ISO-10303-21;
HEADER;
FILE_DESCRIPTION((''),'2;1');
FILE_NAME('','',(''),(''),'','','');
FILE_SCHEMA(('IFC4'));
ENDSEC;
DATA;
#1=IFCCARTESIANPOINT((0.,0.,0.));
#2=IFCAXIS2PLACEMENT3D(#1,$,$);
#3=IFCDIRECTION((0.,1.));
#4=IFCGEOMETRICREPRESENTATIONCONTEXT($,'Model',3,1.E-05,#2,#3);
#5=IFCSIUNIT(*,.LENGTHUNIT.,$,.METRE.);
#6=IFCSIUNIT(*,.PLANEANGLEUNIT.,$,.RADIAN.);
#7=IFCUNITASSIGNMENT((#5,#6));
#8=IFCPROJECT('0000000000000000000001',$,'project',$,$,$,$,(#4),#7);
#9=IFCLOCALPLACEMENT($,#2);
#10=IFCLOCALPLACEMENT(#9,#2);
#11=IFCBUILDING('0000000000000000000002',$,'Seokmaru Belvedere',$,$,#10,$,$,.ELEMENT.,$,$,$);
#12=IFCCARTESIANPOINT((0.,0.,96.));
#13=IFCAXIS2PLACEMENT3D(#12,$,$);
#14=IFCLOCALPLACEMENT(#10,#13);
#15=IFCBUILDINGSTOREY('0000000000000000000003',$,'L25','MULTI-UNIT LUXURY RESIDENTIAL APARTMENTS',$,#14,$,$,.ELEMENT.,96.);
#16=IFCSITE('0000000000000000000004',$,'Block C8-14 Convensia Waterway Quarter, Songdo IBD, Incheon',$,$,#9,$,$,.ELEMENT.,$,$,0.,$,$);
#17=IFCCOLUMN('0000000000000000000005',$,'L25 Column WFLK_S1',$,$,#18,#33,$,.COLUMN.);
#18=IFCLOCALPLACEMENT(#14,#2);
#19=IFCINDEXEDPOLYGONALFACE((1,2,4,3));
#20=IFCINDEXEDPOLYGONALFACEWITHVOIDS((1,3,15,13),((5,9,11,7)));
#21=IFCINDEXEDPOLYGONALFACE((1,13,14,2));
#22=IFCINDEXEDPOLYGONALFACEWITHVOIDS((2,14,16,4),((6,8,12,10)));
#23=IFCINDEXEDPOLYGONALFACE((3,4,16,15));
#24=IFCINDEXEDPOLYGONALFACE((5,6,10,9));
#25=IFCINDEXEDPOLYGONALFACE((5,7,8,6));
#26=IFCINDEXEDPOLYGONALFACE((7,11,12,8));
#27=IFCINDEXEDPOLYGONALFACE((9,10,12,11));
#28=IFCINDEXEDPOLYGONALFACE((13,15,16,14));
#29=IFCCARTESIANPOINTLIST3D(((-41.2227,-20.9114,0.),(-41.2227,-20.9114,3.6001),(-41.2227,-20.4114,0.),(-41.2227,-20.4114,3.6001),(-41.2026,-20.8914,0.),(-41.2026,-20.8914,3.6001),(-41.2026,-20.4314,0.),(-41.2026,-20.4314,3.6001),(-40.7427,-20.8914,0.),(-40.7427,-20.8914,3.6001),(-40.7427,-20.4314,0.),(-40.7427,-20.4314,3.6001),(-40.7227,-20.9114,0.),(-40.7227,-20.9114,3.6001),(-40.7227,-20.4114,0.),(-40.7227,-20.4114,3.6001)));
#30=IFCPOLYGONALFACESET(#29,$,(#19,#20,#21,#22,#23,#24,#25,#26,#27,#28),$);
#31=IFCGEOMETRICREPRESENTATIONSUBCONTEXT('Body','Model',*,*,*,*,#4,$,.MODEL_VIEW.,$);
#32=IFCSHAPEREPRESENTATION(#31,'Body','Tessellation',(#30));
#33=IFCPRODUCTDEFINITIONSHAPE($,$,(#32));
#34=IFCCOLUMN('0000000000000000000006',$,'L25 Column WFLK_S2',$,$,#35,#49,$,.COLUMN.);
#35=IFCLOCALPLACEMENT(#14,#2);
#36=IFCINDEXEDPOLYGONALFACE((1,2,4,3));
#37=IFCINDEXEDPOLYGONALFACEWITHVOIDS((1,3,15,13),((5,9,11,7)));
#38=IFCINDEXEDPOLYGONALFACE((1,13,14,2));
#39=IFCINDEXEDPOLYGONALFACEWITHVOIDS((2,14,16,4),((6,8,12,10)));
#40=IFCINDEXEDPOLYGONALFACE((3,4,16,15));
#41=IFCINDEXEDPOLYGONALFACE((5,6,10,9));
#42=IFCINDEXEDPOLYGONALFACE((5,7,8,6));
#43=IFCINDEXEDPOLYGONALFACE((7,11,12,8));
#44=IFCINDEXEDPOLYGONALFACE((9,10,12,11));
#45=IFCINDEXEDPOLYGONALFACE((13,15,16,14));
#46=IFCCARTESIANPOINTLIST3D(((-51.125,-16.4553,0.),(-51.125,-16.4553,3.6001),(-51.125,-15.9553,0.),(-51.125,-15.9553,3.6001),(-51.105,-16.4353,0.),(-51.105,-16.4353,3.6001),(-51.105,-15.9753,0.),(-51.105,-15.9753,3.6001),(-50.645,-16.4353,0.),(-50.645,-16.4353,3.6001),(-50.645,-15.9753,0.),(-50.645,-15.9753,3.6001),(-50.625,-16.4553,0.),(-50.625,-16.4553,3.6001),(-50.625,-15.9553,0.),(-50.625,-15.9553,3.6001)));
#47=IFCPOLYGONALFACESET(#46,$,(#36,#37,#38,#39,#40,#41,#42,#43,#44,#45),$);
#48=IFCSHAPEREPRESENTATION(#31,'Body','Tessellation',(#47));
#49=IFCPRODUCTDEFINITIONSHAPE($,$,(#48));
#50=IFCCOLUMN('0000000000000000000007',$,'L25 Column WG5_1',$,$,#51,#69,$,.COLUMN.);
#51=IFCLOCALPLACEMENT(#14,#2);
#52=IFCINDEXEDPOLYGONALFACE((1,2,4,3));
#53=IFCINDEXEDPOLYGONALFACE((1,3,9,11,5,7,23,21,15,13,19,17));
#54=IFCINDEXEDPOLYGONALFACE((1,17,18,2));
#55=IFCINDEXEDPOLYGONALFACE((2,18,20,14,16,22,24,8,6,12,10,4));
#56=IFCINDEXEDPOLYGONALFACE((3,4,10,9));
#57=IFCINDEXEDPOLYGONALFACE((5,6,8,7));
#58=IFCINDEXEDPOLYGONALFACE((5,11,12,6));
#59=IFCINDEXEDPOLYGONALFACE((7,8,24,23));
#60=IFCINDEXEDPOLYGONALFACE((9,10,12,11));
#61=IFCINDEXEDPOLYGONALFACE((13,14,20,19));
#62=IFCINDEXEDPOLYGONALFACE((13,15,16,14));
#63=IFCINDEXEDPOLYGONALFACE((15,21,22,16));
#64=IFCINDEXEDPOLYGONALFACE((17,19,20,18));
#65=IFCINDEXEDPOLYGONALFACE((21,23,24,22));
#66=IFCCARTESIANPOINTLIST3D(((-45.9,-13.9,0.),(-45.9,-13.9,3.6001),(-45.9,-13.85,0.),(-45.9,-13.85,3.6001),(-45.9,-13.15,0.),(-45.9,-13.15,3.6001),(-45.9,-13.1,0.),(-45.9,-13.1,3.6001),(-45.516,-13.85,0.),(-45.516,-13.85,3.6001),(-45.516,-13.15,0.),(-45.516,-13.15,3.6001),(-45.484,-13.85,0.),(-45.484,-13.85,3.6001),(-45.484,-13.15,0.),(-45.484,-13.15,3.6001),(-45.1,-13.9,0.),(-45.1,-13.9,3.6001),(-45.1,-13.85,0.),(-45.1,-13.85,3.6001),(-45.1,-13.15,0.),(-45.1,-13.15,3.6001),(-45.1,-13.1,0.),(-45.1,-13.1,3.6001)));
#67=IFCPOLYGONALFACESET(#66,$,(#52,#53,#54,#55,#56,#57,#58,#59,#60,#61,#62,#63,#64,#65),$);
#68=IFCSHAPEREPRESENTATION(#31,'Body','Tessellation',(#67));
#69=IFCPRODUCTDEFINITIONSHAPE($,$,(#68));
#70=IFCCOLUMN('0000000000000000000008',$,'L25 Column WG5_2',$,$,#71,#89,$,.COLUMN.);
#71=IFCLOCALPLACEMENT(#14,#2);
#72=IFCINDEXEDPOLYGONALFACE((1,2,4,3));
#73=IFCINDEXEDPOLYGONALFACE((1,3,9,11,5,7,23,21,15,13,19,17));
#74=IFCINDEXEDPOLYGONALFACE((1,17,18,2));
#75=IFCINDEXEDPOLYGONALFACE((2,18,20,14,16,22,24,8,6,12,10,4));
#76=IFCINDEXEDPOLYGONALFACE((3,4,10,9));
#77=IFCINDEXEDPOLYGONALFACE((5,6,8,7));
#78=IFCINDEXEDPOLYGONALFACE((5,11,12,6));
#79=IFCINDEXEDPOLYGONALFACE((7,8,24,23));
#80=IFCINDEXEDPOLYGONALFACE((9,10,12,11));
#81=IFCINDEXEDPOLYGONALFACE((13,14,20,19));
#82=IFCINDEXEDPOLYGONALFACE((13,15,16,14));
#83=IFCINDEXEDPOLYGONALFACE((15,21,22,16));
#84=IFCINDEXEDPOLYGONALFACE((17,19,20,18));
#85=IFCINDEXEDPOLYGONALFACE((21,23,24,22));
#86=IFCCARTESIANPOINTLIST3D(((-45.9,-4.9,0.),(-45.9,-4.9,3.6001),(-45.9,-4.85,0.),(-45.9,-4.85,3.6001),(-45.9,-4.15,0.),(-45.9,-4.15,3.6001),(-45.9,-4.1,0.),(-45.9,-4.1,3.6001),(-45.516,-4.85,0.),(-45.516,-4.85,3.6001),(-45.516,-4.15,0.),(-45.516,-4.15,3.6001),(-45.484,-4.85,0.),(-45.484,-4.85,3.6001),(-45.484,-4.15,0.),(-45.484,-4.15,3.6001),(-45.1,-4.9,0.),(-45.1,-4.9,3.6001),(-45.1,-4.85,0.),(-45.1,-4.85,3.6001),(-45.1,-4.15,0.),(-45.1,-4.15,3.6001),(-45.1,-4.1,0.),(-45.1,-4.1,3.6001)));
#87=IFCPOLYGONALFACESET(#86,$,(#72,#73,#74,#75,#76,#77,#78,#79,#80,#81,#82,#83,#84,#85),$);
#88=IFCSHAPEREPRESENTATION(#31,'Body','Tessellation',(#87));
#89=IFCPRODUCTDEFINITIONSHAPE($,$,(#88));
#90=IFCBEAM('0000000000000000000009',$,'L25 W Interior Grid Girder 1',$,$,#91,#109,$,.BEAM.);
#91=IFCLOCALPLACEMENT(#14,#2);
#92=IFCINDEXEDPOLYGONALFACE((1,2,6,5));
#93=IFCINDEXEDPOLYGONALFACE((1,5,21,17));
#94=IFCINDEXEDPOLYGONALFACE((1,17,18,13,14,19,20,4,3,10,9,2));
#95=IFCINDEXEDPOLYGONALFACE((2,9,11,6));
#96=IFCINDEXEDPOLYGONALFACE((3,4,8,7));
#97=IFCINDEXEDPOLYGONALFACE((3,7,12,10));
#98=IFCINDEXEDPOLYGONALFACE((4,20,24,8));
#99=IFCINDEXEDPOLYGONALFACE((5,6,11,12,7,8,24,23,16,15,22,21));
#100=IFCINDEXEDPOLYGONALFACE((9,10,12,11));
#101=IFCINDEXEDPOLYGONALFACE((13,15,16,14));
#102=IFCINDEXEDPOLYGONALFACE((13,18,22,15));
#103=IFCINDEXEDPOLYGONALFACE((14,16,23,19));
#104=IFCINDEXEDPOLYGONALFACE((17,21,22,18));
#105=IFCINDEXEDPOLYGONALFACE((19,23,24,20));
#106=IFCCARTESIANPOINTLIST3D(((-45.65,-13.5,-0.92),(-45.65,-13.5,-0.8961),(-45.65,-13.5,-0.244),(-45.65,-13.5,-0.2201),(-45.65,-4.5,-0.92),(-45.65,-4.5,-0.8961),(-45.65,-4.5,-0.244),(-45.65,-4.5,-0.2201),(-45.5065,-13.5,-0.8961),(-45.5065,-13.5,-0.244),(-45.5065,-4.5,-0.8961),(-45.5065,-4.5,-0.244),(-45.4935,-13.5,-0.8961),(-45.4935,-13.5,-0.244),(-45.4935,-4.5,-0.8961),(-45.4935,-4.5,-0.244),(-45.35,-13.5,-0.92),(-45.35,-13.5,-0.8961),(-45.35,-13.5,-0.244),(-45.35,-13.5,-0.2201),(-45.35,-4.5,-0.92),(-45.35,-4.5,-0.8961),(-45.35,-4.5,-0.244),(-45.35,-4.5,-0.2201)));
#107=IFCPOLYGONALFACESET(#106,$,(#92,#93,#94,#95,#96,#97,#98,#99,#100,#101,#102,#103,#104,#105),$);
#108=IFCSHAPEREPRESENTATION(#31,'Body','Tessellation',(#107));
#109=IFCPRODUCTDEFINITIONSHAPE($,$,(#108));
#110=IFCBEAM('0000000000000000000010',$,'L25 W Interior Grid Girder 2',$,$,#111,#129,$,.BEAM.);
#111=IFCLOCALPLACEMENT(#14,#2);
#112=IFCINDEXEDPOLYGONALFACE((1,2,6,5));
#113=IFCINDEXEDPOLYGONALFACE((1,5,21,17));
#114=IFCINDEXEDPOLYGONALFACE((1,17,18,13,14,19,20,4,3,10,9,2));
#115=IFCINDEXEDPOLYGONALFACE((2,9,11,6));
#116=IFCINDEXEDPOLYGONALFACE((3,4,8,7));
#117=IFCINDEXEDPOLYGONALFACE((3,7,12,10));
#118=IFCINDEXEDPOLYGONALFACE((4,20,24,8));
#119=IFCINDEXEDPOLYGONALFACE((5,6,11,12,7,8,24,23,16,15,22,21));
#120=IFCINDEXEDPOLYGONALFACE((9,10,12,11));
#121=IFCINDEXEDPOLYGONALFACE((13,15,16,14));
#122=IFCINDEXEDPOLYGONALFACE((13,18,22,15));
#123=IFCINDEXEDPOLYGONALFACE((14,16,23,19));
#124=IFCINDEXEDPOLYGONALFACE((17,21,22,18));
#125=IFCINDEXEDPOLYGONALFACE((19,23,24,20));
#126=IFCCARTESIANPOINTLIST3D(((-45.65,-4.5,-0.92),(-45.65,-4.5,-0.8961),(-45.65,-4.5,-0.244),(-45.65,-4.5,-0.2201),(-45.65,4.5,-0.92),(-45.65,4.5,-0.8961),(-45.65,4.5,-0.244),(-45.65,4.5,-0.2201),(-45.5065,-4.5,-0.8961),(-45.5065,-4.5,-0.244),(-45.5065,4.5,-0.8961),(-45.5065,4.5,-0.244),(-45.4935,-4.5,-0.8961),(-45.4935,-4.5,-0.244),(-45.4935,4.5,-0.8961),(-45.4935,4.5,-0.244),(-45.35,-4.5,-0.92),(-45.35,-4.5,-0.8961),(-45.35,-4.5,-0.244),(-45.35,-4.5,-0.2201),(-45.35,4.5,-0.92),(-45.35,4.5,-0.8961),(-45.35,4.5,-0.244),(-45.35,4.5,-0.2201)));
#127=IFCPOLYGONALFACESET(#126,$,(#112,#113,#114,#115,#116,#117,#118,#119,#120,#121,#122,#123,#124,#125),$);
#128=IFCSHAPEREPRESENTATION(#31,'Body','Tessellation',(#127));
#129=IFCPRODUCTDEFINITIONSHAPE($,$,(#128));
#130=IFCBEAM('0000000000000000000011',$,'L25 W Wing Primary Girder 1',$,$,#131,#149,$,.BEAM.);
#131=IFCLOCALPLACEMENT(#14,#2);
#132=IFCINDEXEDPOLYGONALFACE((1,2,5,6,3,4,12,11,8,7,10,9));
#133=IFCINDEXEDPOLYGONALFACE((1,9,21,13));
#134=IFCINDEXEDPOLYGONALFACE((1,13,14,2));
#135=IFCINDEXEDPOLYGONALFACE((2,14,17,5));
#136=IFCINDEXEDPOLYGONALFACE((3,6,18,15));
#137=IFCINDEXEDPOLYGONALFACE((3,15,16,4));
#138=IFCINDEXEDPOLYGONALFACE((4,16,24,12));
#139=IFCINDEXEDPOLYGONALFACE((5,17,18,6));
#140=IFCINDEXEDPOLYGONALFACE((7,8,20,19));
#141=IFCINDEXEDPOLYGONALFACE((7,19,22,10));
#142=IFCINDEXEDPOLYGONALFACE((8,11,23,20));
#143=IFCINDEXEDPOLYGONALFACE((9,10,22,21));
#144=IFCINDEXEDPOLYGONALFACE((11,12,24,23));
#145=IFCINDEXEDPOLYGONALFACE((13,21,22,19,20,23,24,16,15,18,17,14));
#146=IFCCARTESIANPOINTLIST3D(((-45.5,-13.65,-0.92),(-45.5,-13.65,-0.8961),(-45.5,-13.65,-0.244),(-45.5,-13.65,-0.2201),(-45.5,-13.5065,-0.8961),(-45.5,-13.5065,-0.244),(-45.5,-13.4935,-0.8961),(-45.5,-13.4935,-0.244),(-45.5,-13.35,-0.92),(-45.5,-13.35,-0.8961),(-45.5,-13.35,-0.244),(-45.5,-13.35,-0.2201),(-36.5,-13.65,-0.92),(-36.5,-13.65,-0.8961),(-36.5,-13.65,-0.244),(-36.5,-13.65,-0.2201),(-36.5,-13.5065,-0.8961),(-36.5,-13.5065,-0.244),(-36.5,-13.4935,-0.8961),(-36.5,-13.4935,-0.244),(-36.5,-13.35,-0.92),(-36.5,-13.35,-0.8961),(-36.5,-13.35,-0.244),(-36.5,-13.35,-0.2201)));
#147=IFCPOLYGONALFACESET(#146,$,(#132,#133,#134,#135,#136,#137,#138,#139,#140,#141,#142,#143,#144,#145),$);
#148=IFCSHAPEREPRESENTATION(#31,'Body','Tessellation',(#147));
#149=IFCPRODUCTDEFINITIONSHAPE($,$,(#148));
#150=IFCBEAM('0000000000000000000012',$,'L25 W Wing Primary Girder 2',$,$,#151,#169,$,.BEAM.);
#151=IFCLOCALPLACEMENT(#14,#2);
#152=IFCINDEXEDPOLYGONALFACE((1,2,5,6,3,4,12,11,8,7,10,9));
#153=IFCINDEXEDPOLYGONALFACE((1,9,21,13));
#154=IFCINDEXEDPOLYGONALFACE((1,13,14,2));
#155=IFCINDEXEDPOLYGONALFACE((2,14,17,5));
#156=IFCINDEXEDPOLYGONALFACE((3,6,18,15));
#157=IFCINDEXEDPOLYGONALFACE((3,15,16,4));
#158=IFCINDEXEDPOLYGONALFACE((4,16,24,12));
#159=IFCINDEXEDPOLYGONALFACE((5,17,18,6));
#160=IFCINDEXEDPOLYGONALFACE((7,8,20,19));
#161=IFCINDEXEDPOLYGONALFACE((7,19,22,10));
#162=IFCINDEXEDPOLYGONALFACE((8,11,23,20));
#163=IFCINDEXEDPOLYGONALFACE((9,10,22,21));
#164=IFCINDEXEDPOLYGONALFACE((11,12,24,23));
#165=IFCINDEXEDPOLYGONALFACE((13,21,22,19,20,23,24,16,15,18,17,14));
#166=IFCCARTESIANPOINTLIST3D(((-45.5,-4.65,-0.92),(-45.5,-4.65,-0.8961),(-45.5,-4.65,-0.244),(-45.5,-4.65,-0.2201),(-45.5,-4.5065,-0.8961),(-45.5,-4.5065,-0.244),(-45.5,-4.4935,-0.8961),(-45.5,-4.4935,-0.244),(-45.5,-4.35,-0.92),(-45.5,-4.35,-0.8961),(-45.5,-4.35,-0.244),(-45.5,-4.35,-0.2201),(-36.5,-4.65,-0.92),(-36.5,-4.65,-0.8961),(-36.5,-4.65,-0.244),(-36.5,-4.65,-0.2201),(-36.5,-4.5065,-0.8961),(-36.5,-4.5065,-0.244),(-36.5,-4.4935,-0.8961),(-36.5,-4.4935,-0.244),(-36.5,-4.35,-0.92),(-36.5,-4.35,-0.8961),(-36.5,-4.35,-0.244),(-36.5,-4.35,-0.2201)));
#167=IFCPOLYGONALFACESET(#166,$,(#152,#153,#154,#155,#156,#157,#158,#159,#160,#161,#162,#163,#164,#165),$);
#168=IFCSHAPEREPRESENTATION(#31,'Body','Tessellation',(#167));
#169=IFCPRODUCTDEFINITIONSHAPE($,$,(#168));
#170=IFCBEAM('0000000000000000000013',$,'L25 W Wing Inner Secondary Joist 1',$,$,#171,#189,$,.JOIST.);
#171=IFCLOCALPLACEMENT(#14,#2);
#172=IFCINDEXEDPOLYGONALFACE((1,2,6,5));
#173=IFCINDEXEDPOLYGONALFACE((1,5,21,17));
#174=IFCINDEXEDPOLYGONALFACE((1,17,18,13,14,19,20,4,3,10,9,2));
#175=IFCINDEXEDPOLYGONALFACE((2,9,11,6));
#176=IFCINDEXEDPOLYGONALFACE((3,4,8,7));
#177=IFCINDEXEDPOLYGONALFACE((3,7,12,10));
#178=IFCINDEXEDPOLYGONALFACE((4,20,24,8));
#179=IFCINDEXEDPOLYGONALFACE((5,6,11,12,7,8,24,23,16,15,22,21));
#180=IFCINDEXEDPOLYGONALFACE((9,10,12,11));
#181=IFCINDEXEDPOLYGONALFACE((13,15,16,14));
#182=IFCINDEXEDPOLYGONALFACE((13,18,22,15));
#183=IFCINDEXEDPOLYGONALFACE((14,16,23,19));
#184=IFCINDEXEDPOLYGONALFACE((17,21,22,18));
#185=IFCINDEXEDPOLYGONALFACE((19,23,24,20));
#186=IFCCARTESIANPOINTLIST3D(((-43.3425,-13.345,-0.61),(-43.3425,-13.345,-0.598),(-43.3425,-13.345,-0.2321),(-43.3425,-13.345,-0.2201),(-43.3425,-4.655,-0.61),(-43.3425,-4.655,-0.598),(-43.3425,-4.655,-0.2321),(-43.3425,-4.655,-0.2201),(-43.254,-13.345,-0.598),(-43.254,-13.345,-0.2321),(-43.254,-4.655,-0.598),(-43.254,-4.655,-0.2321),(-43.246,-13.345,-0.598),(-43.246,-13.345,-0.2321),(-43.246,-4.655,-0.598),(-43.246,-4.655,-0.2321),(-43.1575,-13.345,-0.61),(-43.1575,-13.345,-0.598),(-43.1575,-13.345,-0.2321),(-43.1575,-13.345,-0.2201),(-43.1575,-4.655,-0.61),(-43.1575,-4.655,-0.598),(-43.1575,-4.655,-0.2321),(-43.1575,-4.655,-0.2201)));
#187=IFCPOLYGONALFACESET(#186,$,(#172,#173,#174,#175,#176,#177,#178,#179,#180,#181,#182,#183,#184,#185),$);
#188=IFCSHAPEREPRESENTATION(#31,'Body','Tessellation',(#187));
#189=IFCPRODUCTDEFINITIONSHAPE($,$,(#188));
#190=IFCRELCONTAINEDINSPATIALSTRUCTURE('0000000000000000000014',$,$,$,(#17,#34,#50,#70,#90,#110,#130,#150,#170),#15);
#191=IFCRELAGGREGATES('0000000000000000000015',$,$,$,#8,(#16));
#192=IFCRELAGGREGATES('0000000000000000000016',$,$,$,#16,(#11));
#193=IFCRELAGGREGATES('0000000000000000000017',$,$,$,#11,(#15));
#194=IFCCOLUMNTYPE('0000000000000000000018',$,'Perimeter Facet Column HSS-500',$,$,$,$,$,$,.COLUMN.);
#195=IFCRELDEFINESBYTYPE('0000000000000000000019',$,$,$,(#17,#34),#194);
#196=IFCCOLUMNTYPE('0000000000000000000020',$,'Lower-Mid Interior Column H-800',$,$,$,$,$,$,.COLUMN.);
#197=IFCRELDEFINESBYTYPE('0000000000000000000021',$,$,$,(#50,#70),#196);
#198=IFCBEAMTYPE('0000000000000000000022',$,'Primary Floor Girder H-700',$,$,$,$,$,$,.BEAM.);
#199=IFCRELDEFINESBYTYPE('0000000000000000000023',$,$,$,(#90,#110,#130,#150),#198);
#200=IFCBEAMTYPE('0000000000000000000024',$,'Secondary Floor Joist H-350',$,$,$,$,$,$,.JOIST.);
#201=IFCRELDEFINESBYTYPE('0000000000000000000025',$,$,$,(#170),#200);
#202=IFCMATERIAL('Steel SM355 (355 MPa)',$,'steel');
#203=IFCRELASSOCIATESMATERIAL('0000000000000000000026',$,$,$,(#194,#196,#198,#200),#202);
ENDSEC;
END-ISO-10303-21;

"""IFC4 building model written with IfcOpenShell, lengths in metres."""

from ifc_helpers import new_model, si_unit, direction, frame, origin, origin_2d, place, context, subcontext, project, spatial, hollow_rectangle, i_section, extrude, source, transform, mapped, material, material_profile, profile_set, type_object, type_shapes, element, save


model = new_model("IFC4")

# Units and contexts
model_context = context("Model", 3, precision=1e-05, world=origin(), true_north=direction((0.0, 1.0)))
body_context = subcontext(model_context, "Body", "Model", "MODEL_VIEW")
ifc_project = project(units=[si_unit("LENGTHUNIT", "METRE"), si_unit("PLANEANGLEUNIT", "RADIAN")], contexts=[model_context])

# Site, building, storey
site_placement = place(None, origin())
site = spatial("IfcSite", under=ifc_project, at=site_placement, Name="Block C8-14 Convensia Waterway Quarter, Songdo IBD, Incheon", CompositionType="ELEMENT", RefElevation=0.0)
building_placement = place(site_placement, origin())
building = spatial("IfcBuilding", under=site, at=building_placement, Name="Seokmaru Belvedere", CompositionType="ELEMENT")
storey_placement = place(building_placement, frame((0.0, 0.0, 96.0)))
storey = spatial("IfcBuildingStorey", under=building, at=storey_placement, Name="L25", Description="MULTI-UNIT LUXURY RESIDENTIAL APARTMENTS", CompositionType="ELEMENT", Elevation=96.0)

# Columns
ifc_material_1 = material(Name="Steel SM355 (355 MPa)", Category="steel")
ifc_material_profile_1 = material_profile(ifc_material_1, hollow_rectangle(XDim=0.5, YDim=0.5, WallThickness=0.02, at=origin_2d()), Name="HSS-500x500x20")
ifc_profile_set_1 = profile_set([ifc_material_profile_1], Name="Steel SM355 (355 MPa)")
column_type_1 = type_object("IfcColumnType", Name="Perimeter Facet Column HSS-500", PredefinedType="COLUMN", material=ifc_profile_set_1)
shared_shape_1 = source(origin(), body_context, "Body", "SweptSolid", [
    extrude(hollow_rectangle(XDim=0.5, YDim=0.5, WallThickness=0.02, at=origin_2d()), origin(), (0.0, 0.0, 1.0), 3.6001),
])
type_shapes(column_type_1, [shared_shape_1])
for number, where, z_axis, x_axis, name in (
    (1, (-40.9727, -20.6614, 0.0), (0.0, 0.0, 1.0), (1.0, 0.0, 0.0), "L25 Column WFLK_S1"),
    (2, (-50.875, -16.2053, 0.0), (0.0, 0.0, 1.0), (1.0, 0.0, 0.0), "L25 Column WFLK_S2"),
):
    element("IfcColumn", number, at=place(storey_placement, frame(where, z_axis=z_axis, x_axis=x_axis)), inside=storey, type_object=column_type_1, Name=name, PredefinedType="COLUMN", context=body_context, shape_type="MappedRepresentation", body=[
        mapped(shared_shape_1, transform((0.0, 0.0, 0.0), scale=1.0)),
    ])
ifc_material_profile_2 = material_profile(ifc_material_1, i_section(OverallWidth=0.8, OverallDepth=0.8, WebThickness=0.032, FlangeThickness=0.05, at=origin_2d()), Name="H-800x800x32x50")
ifc_profile_set_2 = profile_set([ifc_material_profile_2], Name="Steel SM355 (355 MPa)")
column_type_2 = type_object("IfcColumnType", Name="Lower-Mid Interior Column H-800", PredefinedType="COLUMN", material=ifc_profile_set_2)
shared_shape_2 = source(origin(), body_context, "Body", "SweptSolid", [
    extrude(i_section(OverallWidth=0.8, OverallDepth=0.8, WebThickness=0.032, FlangeThickness=0.05, at=origin_2d()), origin(), (0.0, 0.0, 1.0), 3.6001),
])
type_shapes(column_type_2, [shared_shape_2])
for number, where, z_axis, x_axis, name in (
    (3, (-45.5, -13.5, 0.0), (0.0, 0.0, 1.0), (1.0, 0.0, 0.0), "L25 Column WG5_1"),
    (4, (-45.5, -4.5, 0.0), (0.0, 0.0, 1.0), (1.0, 0.0, 0.0), "L25 Column WG5_2"),
):
    element("IfcColumn", number, at=place(storey_placement, frame(where, z_axis=z_axis, x_axis=x_axis)), inside=storey, type_object=column_type_2, Name=name, PredefinedType="COLUMN", context=body_context, shape_type="MappedRepresentation", body=[
        mapped(shared_shape_2, transform((0.0, 0.0, 0.0), scale=1.0)),
    ])

# Beams
ifc_material_profile_3 = material_profile(ifc_material_1, i_section(OverallWidth=0.3, OverallDepth=0.7, WebThickness=0.0129, FlangeThickness=0.0239, at=origin_2d()), Name="H-700x300x13x24")
ifc_profile_set_3 = profile_set([ifc_material_profile_3], Name="Steel SM355 (355 MPa)")
beam_type_1 = type_object("IfcBeamType", Name="Primary Floor Girder H-700", PredefinedType="BEAM", material=ifc_profile_set_3)
shared_shape_3 = source(origin(), body_context, "Body", "SweptSolid", [
    extrude(i_section(OverallWidth=0.3, OverallDepth=0.7, WebThickness=0.0129, FlangeThickness=0.0239, at=origin_2d()), origin(), (0.0, 0.0, 1.0), 9.0),
])
for number, where, z_axis, x_axis, name in (
    (5, (-45.5, -13.5, -0.5701), (0.0, 1.0, 0.0), (-1.0, 0.0, 0.0), "L25 W Interior Grid Girder 1"),
    (6, (-45.5, -4.5, -0.5701), (0.0, 1.0, 0.0), (-1.0, 0.0, 0.0), "L25 W Interior Grid Girder 2"),
    (7, (-45.5, -13.5, -0.5701), (1.0, 0.0, 0.0), (0.0, 1.0, 0.0), "L25 W Wing Primary Girder 1"),
    (8, (-45.5, -4.5, -0.5701), (1.0, 0.0, 0.0), (0.0, 1.0, 0.0), "L25 W Wing Primary Girder 2"),
):
    element("IfcBeam", number, at=place(storey_placement, frame(where, z_axis=z_axis, x_axis=x_axis)), inside=storey, type_object=beam_type_1, Name=name, PredefinedType="BEAM", context=body_context, shape_type="MappedRepresentation", body=[
        mapped(shared_shape_3, transform((0.0, 0.0, 0.0), scale=1.0)),
    ])
ifc_material_profile_4 = material_profile(ifc_material_1, i_section(OverallWidth=0.1851, OverallDepth=0.3899, WebThickness=0.0081, FlangeThickness=0.012, at=origin_2d()), Name="H-390x185x8x12")
ifc_profile_set_4 = profile_set([ifc_material_profile_4], Name="Steel SM355 (355 MPa)")
beam_type_2 = type_object("IfcBeamType", Name="Secondary Floor Joist H-350", PredefinedType="JOIST", material=ifc_profile_set_4)
shared_shape_4 = source(origin(), body_context, "Body", "SweptSolid", [
    extrude(i_section(OverallWidth=0.1851, OverallDepth=0.3899, WebThickness=0.0081, FlangeThickness=0.012, at=origin_2d()), origin(), (0.0, 0.0, 1.0), 8.6899),
])
type_shapes(beam_type_2, [shared_shape_4])
for number, where, z_axis, x_axis, name in (
    (9, (-43.25, -13.345, -0.415), (0.0, 1.0, 0.0), (-1.0, 0.0, 0.0), "L25 W Wing Inner Secondary Joist 1"),
):
    element("IfcBeam", number, at=place(storey_placement, frame(where, z_axis=z_axis, x_axis=x_axis)), inside=storey, type_object=beam_type_2, Name=name, PredefinedType="JOIST", context=body_context, shape_type="MappedRepresentation", body=[
        mapped(shared_shape_4, transform((0.0, 0.0, 0.0), scale=1.0)),
    ])

save(model, "model.ifc")
